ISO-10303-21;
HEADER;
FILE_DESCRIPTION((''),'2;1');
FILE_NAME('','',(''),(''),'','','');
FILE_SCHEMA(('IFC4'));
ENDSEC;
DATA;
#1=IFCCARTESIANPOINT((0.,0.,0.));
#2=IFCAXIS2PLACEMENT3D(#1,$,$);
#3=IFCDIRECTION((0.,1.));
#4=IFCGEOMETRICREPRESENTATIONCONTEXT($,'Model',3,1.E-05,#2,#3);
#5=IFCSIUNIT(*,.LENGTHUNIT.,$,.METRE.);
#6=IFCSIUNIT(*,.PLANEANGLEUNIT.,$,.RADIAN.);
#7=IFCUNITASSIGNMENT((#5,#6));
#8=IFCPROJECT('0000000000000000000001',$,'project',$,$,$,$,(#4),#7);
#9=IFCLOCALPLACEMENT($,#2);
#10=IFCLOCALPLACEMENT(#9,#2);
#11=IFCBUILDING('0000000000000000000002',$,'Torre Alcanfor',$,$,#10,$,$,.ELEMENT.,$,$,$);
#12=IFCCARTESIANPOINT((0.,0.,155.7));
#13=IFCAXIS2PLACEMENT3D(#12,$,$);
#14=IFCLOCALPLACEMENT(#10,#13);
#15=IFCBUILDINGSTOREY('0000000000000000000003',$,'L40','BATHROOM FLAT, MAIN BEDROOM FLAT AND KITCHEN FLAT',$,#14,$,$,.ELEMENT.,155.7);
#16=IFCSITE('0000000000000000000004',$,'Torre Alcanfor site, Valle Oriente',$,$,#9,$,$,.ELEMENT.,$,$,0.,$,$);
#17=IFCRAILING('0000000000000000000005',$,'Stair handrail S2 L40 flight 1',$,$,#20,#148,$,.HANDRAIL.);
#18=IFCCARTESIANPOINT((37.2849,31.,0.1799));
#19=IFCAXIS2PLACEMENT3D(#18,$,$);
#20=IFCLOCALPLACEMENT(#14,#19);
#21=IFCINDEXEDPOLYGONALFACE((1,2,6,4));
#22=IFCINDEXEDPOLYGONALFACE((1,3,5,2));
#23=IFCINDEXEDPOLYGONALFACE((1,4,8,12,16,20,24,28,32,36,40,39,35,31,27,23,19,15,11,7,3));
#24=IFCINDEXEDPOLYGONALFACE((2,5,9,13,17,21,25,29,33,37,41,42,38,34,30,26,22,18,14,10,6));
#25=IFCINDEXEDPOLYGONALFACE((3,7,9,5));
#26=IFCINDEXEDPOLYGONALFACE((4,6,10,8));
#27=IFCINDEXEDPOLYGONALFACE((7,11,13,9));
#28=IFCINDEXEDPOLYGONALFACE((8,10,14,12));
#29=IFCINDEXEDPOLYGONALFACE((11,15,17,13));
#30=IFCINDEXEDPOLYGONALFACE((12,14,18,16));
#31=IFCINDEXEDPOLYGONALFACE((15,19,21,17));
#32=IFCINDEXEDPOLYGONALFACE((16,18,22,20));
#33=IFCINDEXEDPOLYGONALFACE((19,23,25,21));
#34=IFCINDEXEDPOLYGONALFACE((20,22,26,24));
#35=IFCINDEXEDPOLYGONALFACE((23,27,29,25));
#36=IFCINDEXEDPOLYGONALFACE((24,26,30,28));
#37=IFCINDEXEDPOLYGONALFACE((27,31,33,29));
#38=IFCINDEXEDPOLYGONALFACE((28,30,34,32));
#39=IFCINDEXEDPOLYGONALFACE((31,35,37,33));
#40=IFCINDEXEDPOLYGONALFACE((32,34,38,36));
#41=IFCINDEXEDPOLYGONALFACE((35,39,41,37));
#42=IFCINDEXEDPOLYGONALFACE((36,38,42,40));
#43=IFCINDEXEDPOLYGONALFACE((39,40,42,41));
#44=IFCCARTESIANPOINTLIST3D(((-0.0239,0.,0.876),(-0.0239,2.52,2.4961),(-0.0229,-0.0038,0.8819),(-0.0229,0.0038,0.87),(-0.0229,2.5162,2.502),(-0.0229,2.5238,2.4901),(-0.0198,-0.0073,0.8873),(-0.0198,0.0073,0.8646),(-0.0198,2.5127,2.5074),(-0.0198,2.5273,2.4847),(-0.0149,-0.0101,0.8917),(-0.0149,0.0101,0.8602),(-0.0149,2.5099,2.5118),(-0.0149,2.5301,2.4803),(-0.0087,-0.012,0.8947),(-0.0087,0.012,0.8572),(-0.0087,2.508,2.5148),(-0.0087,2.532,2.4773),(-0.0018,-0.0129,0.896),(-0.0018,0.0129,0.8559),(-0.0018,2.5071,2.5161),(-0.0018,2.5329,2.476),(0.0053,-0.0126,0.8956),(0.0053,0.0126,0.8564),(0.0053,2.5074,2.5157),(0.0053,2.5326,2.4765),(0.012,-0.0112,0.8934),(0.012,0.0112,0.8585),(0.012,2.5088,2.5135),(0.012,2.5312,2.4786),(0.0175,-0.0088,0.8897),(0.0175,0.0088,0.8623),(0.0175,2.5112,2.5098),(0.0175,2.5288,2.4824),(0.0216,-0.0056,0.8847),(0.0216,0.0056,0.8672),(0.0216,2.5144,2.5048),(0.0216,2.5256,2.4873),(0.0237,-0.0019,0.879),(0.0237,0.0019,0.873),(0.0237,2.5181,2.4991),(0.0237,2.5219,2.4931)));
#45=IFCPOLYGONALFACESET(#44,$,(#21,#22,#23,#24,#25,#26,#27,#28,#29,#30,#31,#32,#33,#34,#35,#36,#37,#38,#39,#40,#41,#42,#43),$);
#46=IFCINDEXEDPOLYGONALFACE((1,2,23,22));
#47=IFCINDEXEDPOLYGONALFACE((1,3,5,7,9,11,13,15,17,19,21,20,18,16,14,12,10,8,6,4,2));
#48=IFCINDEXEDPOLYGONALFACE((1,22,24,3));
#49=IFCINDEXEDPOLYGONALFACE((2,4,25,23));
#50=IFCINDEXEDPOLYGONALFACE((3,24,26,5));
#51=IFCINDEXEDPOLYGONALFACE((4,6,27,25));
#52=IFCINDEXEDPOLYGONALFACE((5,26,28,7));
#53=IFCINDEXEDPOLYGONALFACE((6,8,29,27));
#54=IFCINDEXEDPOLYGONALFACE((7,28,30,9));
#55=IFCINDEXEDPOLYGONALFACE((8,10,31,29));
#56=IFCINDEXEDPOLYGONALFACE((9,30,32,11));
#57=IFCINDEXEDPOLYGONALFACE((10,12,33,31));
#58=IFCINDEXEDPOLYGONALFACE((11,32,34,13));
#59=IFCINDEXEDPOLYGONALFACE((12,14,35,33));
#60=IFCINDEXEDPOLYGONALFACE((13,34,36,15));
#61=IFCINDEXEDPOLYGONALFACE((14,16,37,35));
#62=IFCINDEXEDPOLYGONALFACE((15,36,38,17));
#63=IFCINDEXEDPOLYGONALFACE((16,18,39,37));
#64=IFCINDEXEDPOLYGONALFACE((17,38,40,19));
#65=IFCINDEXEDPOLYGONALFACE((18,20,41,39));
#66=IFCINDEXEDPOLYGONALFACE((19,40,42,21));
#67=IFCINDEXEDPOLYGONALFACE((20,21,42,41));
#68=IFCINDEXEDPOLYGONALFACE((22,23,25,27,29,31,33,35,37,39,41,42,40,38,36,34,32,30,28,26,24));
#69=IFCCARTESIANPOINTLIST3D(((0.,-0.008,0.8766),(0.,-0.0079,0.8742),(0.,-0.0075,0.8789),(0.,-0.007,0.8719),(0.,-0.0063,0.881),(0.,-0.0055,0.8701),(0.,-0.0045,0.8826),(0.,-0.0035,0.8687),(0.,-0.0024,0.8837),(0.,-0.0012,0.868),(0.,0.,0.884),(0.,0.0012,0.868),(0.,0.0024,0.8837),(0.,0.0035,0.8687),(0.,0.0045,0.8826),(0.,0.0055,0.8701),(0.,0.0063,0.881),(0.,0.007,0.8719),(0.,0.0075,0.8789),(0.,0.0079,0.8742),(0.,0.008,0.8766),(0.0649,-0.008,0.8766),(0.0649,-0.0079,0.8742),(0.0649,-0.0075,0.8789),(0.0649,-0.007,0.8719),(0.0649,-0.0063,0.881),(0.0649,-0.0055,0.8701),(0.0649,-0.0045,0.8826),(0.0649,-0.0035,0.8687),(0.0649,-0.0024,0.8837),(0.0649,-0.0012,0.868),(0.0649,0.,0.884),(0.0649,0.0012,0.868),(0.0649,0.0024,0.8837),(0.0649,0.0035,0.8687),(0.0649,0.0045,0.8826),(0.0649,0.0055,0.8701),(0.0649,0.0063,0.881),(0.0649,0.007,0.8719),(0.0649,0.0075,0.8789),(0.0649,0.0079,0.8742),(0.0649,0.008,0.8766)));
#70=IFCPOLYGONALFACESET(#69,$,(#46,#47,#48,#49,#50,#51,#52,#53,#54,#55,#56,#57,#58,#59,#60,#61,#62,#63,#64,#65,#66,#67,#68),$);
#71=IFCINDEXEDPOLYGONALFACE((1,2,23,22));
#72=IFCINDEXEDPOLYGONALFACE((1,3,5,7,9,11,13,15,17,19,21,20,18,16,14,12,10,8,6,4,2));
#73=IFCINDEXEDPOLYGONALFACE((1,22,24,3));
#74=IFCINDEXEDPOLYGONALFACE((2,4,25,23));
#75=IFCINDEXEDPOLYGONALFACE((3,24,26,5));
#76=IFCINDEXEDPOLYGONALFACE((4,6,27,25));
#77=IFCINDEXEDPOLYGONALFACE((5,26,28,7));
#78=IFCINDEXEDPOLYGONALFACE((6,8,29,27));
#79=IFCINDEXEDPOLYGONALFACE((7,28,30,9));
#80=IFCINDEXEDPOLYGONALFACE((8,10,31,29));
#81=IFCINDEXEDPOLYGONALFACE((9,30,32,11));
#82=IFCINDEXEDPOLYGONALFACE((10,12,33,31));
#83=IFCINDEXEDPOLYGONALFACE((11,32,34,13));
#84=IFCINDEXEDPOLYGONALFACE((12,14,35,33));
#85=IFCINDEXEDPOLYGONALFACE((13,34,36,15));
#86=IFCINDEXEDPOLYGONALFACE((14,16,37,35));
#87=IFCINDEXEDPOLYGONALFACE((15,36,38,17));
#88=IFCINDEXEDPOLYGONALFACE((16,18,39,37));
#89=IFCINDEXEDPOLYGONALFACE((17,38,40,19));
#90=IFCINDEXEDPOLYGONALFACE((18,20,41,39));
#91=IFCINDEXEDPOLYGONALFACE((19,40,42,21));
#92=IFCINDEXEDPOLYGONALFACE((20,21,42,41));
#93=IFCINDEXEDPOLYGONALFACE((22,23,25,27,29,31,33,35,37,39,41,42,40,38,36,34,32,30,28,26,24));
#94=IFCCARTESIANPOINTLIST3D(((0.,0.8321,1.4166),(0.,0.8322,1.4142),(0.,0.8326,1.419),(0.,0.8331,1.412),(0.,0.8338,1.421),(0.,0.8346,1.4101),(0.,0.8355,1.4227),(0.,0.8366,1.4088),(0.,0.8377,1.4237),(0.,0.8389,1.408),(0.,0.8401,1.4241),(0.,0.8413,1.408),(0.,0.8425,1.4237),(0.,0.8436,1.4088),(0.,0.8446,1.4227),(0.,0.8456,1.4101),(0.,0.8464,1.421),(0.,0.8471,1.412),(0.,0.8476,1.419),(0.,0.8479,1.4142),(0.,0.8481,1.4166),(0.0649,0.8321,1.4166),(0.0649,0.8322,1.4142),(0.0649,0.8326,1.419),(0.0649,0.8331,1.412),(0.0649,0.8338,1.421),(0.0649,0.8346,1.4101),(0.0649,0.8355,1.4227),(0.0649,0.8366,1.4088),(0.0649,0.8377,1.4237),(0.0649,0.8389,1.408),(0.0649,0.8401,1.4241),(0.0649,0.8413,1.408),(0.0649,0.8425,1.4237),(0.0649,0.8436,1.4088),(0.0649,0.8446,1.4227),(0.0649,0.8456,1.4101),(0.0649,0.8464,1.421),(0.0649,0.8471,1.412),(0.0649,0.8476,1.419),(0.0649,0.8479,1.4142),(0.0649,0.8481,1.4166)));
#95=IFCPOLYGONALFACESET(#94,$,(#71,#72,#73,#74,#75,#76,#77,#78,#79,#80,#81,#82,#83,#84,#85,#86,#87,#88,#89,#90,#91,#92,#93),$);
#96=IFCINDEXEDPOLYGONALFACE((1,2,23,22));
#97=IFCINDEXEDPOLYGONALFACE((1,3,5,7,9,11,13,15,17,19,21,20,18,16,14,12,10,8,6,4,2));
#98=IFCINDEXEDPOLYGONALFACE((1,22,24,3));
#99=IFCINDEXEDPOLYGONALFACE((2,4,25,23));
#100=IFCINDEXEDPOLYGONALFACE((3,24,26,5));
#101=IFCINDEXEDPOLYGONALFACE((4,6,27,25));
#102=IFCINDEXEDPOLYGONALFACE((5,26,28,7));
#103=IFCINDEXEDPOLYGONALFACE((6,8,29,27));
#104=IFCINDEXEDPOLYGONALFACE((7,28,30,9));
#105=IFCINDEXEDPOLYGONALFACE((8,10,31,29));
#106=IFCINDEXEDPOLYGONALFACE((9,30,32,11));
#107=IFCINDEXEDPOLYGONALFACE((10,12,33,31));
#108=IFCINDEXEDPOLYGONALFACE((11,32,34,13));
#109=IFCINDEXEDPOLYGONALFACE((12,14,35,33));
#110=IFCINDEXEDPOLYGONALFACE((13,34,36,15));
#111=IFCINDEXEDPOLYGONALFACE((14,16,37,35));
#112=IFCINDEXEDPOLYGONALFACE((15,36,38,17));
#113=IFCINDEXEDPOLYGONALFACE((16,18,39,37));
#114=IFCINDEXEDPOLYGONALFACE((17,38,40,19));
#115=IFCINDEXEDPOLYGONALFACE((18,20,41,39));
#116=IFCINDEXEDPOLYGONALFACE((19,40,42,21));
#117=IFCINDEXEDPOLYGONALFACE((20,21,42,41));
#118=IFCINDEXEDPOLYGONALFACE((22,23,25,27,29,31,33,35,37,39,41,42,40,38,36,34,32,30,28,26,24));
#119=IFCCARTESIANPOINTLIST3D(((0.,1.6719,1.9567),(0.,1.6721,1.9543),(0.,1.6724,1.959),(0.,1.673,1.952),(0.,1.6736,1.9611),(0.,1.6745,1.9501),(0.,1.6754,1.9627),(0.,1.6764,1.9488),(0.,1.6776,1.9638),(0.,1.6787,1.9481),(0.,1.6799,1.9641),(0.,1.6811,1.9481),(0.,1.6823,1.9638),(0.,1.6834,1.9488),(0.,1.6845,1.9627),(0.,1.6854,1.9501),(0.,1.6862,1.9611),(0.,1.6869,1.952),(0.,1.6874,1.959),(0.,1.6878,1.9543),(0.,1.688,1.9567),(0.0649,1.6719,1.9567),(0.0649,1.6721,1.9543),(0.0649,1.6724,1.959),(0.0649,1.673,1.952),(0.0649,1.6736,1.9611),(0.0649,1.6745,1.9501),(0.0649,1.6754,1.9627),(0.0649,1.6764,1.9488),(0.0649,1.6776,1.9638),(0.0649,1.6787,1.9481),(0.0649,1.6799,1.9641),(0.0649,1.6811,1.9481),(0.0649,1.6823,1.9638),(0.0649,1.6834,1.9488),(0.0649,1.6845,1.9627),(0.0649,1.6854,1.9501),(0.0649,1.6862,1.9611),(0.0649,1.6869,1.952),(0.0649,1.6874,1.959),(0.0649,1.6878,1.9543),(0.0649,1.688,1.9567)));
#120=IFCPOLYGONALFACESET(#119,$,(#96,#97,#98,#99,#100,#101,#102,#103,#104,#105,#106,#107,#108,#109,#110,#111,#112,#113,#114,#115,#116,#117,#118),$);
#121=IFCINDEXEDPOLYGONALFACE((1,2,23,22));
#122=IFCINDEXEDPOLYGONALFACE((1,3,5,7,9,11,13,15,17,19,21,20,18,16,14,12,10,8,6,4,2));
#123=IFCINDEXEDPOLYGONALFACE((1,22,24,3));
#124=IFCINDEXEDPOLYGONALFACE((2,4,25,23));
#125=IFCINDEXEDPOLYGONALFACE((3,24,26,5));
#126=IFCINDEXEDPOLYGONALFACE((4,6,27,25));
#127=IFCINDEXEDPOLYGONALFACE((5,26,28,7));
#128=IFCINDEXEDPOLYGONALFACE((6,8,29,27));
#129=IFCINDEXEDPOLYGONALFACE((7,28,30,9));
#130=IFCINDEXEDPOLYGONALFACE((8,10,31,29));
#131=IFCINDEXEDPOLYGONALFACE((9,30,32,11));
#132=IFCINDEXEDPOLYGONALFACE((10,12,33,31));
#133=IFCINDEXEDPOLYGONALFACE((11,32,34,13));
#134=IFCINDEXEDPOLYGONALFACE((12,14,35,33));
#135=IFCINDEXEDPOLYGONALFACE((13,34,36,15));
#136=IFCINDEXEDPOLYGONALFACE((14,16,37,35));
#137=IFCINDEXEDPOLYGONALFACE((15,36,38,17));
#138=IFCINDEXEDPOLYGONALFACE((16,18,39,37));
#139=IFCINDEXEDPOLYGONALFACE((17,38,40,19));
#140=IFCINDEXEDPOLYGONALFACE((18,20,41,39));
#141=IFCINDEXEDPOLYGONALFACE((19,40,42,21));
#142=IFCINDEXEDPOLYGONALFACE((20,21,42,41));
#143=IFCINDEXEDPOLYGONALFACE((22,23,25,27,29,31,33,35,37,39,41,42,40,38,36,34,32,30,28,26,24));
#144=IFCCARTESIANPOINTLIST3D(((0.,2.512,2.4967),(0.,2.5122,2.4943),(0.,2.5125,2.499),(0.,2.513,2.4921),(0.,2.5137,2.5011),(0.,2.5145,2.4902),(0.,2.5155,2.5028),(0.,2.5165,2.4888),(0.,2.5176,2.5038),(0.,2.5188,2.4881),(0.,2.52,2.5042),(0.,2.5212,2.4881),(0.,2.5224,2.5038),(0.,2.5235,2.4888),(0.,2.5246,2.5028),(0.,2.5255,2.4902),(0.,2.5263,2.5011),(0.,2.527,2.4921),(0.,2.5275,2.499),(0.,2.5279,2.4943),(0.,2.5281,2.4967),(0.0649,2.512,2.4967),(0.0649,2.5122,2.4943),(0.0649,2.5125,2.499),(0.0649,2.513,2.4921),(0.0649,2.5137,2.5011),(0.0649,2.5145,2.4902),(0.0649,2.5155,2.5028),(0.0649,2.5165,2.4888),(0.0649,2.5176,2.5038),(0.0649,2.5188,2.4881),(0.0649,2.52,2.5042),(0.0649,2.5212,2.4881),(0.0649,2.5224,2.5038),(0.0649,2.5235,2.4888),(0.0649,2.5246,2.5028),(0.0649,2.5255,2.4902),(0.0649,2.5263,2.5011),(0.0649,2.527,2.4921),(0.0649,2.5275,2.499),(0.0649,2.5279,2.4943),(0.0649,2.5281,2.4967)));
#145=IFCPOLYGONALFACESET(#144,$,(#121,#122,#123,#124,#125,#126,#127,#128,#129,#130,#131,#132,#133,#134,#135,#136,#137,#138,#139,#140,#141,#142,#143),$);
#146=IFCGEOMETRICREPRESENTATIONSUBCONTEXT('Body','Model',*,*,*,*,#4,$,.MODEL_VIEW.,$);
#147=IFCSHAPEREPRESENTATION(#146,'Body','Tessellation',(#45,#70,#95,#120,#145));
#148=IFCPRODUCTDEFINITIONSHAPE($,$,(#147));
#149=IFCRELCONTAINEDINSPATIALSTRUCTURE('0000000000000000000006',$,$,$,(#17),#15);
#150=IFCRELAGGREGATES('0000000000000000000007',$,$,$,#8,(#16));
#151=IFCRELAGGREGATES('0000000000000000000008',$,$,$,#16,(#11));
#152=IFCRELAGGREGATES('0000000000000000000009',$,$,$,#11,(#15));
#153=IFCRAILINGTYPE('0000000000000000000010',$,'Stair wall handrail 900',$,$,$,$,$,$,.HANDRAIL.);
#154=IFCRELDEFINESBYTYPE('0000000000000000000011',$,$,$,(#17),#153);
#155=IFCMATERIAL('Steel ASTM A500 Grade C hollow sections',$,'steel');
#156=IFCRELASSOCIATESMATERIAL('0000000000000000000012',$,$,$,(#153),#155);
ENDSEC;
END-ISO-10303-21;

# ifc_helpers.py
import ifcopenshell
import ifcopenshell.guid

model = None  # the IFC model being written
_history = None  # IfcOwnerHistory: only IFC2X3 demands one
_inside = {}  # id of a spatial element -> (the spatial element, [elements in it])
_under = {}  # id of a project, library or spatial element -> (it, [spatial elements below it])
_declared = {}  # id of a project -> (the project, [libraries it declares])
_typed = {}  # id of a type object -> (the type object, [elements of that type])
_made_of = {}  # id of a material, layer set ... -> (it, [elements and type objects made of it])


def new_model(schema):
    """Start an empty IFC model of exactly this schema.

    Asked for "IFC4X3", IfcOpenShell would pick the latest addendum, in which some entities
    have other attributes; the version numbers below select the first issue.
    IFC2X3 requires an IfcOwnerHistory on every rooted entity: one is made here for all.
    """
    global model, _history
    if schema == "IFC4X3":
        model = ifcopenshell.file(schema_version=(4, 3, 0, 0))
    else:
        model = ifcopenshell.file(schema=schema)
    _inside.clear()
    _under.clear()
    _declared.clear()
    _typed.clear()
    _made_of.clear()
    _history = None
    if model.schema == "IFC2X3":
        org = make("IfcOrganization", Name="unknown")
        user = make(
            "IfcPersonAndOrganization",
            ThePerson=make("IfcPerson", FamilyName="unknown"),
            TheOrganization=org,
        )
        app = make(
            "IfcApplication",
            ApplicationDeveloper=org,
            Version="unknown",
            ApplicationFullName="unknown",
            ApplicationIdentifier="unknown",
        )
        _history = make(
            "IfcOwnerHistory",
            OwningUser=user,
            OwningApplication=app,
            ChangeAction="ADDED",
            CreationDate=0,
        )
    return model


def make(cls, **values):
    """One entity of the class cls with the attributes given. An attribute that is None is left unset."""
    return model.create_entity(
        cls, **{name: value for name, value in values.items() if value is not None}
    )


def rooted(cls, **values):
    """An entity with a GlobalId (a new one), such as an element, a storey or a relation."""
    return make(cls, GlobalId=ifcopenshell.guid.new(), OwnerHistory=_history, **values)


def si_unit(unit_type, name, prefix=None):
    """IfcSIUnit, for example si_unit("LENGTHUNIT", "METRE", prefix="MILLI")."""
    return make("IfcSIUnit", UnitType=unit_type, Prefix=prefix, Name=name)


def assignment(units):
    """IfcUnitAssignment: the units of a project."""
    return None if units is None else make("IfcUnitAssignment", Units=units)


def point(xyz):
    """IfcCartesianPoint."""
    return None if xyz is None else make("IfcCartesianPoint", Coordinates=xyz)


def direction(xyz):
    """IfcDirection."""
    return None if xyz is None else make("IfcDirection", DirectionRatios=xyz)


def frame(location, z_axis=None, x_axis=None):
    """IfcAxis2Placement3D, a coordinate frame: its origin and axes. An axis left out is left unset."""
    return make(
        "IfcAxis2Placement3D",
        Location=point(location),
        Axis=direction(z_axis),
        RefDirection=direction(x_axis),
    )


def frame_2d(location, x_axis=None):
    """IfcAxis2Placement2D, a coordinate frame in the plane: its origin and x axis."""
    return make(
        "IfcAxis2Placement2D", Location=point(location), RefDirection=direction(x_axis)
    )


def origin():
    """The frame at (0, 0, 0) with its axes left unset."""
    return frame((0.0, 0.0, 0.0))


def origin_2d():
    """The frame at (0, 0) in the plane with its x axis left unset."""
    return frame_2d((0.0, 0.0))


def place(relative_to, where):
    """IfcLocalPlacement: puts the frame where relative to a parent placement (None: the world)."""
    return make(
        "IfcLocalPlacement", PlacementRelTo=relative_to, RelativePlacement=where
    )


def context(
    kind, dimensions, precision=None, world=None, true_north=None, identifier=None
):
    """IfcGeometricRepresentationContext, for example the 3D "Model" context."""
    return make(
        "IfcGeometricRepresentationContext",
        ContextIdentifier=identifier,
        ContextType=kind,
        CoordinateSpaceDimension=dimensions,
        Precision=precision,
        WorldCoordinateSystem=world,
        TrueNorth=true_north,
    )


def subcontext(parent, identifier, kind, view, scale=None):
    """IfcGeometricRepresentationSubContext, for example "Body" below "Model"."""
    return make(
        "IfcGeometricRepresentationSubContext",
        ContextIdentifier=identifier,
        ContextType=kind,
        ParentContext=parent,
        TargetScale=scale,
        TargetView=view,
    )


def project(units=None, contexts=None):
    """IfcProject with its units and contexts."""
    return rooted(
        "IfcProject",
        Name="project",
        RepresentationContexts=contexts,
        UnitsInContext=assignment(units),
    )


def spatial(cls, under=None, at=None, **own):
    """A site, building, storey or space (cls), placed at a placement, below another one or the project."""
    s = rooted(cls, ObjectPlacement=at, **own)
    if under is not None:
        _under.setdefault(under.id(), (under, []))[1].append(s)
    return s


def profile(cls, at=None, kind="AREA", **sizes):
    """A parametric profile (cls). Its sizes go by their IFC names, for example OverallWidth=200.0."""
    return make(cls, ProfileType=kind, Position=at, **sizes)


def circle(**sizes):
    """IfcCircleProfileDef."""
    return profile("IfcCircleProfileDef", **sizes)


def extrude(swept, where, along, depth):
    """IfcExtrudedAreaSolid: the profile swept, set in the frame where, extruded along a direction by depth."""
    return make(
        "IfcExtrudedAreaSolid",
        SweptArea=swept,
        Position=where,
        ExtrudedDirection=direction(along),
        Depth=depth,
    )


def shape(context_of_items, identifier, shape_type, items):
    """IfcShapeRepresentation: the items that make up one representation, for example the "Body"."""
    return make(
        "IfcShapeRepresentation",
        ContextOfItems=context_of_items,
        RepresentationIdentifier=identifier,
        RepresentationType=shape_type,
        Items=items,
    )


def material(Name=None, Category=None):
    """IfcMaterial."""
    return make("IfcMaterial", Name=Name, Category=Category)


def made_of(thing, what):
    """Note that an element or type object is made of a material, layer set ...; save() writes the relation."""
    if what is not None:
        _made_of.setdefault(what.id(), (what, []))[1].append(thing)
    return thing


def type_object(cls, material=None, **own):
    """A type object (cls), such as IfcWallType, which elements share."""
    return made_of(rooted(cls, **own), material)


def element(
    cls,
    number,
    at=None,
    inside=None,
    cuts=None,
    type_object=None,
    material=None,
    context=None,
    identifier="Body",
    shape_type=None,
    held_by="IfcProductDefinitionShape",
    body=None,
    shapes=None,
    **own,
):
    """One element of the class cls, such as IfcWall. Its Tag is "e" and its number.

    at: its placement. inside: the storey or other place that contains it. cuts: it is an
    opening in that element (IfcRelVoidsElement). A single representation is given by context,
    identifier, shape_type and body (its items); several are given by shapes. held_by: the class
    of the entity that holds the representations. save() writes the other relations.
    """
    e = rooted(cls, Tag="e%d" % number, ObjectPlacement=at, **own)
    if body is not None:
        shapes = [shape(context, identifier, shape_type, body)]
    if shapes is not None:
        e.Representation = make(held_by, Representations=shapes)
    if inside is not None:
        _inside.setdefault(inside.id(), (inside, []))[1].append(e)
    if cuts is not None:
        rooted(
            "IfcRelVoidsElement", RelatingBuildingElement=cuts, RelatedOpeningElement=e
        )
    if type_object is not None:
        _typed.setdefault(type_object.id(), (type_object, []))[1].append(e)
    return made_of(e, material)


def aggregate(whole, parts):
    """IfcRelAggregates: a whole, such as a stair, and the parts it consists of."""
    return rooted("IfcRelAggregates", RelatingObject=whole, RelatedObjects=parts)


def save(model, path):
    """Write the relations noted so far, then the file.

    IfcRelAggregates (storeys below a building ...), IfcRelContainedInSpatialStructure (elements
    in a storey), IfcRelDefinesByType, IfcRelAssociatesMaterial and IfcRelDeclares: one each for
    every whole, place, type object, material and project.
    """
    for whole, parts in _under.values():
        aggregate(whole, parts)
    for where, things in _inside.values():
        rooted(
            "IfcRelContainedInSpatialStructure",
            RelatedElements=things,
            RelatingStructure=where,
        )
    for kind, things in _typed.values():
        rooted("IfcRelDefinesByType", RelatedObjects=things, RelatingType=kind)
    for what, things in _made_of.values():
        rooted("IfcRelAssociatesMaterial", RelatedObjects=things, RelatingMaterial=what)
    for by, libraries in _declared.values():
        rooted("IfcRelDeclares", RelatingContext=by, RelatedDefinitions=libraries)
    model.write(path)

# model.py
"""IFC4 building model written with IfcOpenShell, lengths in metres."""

from ifc_helpers import new_model, si_unit, direction, frame, origin, origin_2d, place, context, subcontext, project, spatial, circle, extrude, material, type_object, element, save


model = new_model("IFC4")

# Units and contexts
model_context = context("Model", 3, precision=1e-05, world=origin(), true_north=direction((0.0, 1.0)))
body_context = subcontext(model_context, "Body", "Model", "MODEL_VIEW")
ifc_project = project(units=[si_unit("LENGTHUNIT", "METRE"), si_unit("PLANEANGLEUNIT", "RADIAN")], contexts=[model_context])

# Site, building, storey
site_placement = place(None, origin())
site = spatial("IfcSite", under=ifc_project, at=site_placement, Name="Torre Alcanfor site, Valle Oriente", CompositionType="ELEMENT", RefElevation=0.0)
building_placement = place(site_placement, origin())
building = spatial("IfcBuilding", under=site, at=building_placement, Name="Torre Alcanfor", CompositionType="ELEMENT")
storey_placement = place(building_placement, frame((0.0, 0.0, 155.7)))
storey = spatial("IfcBuildingStorey", under=building, at=storey_placement, Name="L40", Description="BATHROOM FLAT, MAIN BEDROOM FLAT AND KITCHEN FLAT", CompositionType="ELEMENT", Elevation=155.7)

# Railing
ifc_material_1 = material(Name="Steel ASTM A500 Grade C hollow sections", Category="steel")
railing_type_1 = type_object("IfcRailingType", Name="Stair wall handrail 900", PredefinedType="HANDRAIL", material=ifc_material_1)
railing_1_placement = place(storey_placement, frame((37.2849, 31.0, 0.1799)))
element("IfcRailing", 1, at=railing_1_placement, inside=storey, type_object=railing_type_1, Name="Stair handrail S2 L40 flight 1", PredefinedType="HANDRAIL", context=body_context, shape_type="SweptSolid", body=[
    extrude(circle(Radius=0.0239, at=origin_2d()), frame((0.0, 0.0, 0.876), z_axis=(0.0, 0.841163, 0.540782), x_axis=(-1.0, 0.0, 0.0)), (0.0, 0.0, 1.0), 2.9958),
    extrude(circle(Radius=0.0081, at=origin_2d()), frame((0.0, 0.0, 0.876), z_axis=(1.0, 0.0, 0.0), x_axis=(0.0, 0.0, 1.0)), (0.0, 0.0, 1.0), 0.0649),
    extrude(circle(Radius=0.0081, at=origin_2d()), frame((0.0, 0.8401, 1.416), z_axis=(1.0, 0.0, 0.0), x_axis=(0.0, 0.0, 1.0)), (0.0, 0.0, 1.0), 0.0649),
    extrude(circle(Radius=0.0081, at=origin_2d()), frame((0.0, 1.6799, 1.9561), z_axis=(1.0, 0.0, 0.0), x_axis=(0.0, 0.0, 1.0)), (0.0, 0.0, 1.0), 0.0649),
    extrude(circle(Radius=0.0081, at=origin_2d()), frame((0.0, 2.52, 2.4961), z_axis=(1.0, 0.0, 0.0), x_axis=(0.0, 0.0, 1.0)), (0.0, 0.0, 1.0), 0.0649),
])

save(model, "model.ifc")
